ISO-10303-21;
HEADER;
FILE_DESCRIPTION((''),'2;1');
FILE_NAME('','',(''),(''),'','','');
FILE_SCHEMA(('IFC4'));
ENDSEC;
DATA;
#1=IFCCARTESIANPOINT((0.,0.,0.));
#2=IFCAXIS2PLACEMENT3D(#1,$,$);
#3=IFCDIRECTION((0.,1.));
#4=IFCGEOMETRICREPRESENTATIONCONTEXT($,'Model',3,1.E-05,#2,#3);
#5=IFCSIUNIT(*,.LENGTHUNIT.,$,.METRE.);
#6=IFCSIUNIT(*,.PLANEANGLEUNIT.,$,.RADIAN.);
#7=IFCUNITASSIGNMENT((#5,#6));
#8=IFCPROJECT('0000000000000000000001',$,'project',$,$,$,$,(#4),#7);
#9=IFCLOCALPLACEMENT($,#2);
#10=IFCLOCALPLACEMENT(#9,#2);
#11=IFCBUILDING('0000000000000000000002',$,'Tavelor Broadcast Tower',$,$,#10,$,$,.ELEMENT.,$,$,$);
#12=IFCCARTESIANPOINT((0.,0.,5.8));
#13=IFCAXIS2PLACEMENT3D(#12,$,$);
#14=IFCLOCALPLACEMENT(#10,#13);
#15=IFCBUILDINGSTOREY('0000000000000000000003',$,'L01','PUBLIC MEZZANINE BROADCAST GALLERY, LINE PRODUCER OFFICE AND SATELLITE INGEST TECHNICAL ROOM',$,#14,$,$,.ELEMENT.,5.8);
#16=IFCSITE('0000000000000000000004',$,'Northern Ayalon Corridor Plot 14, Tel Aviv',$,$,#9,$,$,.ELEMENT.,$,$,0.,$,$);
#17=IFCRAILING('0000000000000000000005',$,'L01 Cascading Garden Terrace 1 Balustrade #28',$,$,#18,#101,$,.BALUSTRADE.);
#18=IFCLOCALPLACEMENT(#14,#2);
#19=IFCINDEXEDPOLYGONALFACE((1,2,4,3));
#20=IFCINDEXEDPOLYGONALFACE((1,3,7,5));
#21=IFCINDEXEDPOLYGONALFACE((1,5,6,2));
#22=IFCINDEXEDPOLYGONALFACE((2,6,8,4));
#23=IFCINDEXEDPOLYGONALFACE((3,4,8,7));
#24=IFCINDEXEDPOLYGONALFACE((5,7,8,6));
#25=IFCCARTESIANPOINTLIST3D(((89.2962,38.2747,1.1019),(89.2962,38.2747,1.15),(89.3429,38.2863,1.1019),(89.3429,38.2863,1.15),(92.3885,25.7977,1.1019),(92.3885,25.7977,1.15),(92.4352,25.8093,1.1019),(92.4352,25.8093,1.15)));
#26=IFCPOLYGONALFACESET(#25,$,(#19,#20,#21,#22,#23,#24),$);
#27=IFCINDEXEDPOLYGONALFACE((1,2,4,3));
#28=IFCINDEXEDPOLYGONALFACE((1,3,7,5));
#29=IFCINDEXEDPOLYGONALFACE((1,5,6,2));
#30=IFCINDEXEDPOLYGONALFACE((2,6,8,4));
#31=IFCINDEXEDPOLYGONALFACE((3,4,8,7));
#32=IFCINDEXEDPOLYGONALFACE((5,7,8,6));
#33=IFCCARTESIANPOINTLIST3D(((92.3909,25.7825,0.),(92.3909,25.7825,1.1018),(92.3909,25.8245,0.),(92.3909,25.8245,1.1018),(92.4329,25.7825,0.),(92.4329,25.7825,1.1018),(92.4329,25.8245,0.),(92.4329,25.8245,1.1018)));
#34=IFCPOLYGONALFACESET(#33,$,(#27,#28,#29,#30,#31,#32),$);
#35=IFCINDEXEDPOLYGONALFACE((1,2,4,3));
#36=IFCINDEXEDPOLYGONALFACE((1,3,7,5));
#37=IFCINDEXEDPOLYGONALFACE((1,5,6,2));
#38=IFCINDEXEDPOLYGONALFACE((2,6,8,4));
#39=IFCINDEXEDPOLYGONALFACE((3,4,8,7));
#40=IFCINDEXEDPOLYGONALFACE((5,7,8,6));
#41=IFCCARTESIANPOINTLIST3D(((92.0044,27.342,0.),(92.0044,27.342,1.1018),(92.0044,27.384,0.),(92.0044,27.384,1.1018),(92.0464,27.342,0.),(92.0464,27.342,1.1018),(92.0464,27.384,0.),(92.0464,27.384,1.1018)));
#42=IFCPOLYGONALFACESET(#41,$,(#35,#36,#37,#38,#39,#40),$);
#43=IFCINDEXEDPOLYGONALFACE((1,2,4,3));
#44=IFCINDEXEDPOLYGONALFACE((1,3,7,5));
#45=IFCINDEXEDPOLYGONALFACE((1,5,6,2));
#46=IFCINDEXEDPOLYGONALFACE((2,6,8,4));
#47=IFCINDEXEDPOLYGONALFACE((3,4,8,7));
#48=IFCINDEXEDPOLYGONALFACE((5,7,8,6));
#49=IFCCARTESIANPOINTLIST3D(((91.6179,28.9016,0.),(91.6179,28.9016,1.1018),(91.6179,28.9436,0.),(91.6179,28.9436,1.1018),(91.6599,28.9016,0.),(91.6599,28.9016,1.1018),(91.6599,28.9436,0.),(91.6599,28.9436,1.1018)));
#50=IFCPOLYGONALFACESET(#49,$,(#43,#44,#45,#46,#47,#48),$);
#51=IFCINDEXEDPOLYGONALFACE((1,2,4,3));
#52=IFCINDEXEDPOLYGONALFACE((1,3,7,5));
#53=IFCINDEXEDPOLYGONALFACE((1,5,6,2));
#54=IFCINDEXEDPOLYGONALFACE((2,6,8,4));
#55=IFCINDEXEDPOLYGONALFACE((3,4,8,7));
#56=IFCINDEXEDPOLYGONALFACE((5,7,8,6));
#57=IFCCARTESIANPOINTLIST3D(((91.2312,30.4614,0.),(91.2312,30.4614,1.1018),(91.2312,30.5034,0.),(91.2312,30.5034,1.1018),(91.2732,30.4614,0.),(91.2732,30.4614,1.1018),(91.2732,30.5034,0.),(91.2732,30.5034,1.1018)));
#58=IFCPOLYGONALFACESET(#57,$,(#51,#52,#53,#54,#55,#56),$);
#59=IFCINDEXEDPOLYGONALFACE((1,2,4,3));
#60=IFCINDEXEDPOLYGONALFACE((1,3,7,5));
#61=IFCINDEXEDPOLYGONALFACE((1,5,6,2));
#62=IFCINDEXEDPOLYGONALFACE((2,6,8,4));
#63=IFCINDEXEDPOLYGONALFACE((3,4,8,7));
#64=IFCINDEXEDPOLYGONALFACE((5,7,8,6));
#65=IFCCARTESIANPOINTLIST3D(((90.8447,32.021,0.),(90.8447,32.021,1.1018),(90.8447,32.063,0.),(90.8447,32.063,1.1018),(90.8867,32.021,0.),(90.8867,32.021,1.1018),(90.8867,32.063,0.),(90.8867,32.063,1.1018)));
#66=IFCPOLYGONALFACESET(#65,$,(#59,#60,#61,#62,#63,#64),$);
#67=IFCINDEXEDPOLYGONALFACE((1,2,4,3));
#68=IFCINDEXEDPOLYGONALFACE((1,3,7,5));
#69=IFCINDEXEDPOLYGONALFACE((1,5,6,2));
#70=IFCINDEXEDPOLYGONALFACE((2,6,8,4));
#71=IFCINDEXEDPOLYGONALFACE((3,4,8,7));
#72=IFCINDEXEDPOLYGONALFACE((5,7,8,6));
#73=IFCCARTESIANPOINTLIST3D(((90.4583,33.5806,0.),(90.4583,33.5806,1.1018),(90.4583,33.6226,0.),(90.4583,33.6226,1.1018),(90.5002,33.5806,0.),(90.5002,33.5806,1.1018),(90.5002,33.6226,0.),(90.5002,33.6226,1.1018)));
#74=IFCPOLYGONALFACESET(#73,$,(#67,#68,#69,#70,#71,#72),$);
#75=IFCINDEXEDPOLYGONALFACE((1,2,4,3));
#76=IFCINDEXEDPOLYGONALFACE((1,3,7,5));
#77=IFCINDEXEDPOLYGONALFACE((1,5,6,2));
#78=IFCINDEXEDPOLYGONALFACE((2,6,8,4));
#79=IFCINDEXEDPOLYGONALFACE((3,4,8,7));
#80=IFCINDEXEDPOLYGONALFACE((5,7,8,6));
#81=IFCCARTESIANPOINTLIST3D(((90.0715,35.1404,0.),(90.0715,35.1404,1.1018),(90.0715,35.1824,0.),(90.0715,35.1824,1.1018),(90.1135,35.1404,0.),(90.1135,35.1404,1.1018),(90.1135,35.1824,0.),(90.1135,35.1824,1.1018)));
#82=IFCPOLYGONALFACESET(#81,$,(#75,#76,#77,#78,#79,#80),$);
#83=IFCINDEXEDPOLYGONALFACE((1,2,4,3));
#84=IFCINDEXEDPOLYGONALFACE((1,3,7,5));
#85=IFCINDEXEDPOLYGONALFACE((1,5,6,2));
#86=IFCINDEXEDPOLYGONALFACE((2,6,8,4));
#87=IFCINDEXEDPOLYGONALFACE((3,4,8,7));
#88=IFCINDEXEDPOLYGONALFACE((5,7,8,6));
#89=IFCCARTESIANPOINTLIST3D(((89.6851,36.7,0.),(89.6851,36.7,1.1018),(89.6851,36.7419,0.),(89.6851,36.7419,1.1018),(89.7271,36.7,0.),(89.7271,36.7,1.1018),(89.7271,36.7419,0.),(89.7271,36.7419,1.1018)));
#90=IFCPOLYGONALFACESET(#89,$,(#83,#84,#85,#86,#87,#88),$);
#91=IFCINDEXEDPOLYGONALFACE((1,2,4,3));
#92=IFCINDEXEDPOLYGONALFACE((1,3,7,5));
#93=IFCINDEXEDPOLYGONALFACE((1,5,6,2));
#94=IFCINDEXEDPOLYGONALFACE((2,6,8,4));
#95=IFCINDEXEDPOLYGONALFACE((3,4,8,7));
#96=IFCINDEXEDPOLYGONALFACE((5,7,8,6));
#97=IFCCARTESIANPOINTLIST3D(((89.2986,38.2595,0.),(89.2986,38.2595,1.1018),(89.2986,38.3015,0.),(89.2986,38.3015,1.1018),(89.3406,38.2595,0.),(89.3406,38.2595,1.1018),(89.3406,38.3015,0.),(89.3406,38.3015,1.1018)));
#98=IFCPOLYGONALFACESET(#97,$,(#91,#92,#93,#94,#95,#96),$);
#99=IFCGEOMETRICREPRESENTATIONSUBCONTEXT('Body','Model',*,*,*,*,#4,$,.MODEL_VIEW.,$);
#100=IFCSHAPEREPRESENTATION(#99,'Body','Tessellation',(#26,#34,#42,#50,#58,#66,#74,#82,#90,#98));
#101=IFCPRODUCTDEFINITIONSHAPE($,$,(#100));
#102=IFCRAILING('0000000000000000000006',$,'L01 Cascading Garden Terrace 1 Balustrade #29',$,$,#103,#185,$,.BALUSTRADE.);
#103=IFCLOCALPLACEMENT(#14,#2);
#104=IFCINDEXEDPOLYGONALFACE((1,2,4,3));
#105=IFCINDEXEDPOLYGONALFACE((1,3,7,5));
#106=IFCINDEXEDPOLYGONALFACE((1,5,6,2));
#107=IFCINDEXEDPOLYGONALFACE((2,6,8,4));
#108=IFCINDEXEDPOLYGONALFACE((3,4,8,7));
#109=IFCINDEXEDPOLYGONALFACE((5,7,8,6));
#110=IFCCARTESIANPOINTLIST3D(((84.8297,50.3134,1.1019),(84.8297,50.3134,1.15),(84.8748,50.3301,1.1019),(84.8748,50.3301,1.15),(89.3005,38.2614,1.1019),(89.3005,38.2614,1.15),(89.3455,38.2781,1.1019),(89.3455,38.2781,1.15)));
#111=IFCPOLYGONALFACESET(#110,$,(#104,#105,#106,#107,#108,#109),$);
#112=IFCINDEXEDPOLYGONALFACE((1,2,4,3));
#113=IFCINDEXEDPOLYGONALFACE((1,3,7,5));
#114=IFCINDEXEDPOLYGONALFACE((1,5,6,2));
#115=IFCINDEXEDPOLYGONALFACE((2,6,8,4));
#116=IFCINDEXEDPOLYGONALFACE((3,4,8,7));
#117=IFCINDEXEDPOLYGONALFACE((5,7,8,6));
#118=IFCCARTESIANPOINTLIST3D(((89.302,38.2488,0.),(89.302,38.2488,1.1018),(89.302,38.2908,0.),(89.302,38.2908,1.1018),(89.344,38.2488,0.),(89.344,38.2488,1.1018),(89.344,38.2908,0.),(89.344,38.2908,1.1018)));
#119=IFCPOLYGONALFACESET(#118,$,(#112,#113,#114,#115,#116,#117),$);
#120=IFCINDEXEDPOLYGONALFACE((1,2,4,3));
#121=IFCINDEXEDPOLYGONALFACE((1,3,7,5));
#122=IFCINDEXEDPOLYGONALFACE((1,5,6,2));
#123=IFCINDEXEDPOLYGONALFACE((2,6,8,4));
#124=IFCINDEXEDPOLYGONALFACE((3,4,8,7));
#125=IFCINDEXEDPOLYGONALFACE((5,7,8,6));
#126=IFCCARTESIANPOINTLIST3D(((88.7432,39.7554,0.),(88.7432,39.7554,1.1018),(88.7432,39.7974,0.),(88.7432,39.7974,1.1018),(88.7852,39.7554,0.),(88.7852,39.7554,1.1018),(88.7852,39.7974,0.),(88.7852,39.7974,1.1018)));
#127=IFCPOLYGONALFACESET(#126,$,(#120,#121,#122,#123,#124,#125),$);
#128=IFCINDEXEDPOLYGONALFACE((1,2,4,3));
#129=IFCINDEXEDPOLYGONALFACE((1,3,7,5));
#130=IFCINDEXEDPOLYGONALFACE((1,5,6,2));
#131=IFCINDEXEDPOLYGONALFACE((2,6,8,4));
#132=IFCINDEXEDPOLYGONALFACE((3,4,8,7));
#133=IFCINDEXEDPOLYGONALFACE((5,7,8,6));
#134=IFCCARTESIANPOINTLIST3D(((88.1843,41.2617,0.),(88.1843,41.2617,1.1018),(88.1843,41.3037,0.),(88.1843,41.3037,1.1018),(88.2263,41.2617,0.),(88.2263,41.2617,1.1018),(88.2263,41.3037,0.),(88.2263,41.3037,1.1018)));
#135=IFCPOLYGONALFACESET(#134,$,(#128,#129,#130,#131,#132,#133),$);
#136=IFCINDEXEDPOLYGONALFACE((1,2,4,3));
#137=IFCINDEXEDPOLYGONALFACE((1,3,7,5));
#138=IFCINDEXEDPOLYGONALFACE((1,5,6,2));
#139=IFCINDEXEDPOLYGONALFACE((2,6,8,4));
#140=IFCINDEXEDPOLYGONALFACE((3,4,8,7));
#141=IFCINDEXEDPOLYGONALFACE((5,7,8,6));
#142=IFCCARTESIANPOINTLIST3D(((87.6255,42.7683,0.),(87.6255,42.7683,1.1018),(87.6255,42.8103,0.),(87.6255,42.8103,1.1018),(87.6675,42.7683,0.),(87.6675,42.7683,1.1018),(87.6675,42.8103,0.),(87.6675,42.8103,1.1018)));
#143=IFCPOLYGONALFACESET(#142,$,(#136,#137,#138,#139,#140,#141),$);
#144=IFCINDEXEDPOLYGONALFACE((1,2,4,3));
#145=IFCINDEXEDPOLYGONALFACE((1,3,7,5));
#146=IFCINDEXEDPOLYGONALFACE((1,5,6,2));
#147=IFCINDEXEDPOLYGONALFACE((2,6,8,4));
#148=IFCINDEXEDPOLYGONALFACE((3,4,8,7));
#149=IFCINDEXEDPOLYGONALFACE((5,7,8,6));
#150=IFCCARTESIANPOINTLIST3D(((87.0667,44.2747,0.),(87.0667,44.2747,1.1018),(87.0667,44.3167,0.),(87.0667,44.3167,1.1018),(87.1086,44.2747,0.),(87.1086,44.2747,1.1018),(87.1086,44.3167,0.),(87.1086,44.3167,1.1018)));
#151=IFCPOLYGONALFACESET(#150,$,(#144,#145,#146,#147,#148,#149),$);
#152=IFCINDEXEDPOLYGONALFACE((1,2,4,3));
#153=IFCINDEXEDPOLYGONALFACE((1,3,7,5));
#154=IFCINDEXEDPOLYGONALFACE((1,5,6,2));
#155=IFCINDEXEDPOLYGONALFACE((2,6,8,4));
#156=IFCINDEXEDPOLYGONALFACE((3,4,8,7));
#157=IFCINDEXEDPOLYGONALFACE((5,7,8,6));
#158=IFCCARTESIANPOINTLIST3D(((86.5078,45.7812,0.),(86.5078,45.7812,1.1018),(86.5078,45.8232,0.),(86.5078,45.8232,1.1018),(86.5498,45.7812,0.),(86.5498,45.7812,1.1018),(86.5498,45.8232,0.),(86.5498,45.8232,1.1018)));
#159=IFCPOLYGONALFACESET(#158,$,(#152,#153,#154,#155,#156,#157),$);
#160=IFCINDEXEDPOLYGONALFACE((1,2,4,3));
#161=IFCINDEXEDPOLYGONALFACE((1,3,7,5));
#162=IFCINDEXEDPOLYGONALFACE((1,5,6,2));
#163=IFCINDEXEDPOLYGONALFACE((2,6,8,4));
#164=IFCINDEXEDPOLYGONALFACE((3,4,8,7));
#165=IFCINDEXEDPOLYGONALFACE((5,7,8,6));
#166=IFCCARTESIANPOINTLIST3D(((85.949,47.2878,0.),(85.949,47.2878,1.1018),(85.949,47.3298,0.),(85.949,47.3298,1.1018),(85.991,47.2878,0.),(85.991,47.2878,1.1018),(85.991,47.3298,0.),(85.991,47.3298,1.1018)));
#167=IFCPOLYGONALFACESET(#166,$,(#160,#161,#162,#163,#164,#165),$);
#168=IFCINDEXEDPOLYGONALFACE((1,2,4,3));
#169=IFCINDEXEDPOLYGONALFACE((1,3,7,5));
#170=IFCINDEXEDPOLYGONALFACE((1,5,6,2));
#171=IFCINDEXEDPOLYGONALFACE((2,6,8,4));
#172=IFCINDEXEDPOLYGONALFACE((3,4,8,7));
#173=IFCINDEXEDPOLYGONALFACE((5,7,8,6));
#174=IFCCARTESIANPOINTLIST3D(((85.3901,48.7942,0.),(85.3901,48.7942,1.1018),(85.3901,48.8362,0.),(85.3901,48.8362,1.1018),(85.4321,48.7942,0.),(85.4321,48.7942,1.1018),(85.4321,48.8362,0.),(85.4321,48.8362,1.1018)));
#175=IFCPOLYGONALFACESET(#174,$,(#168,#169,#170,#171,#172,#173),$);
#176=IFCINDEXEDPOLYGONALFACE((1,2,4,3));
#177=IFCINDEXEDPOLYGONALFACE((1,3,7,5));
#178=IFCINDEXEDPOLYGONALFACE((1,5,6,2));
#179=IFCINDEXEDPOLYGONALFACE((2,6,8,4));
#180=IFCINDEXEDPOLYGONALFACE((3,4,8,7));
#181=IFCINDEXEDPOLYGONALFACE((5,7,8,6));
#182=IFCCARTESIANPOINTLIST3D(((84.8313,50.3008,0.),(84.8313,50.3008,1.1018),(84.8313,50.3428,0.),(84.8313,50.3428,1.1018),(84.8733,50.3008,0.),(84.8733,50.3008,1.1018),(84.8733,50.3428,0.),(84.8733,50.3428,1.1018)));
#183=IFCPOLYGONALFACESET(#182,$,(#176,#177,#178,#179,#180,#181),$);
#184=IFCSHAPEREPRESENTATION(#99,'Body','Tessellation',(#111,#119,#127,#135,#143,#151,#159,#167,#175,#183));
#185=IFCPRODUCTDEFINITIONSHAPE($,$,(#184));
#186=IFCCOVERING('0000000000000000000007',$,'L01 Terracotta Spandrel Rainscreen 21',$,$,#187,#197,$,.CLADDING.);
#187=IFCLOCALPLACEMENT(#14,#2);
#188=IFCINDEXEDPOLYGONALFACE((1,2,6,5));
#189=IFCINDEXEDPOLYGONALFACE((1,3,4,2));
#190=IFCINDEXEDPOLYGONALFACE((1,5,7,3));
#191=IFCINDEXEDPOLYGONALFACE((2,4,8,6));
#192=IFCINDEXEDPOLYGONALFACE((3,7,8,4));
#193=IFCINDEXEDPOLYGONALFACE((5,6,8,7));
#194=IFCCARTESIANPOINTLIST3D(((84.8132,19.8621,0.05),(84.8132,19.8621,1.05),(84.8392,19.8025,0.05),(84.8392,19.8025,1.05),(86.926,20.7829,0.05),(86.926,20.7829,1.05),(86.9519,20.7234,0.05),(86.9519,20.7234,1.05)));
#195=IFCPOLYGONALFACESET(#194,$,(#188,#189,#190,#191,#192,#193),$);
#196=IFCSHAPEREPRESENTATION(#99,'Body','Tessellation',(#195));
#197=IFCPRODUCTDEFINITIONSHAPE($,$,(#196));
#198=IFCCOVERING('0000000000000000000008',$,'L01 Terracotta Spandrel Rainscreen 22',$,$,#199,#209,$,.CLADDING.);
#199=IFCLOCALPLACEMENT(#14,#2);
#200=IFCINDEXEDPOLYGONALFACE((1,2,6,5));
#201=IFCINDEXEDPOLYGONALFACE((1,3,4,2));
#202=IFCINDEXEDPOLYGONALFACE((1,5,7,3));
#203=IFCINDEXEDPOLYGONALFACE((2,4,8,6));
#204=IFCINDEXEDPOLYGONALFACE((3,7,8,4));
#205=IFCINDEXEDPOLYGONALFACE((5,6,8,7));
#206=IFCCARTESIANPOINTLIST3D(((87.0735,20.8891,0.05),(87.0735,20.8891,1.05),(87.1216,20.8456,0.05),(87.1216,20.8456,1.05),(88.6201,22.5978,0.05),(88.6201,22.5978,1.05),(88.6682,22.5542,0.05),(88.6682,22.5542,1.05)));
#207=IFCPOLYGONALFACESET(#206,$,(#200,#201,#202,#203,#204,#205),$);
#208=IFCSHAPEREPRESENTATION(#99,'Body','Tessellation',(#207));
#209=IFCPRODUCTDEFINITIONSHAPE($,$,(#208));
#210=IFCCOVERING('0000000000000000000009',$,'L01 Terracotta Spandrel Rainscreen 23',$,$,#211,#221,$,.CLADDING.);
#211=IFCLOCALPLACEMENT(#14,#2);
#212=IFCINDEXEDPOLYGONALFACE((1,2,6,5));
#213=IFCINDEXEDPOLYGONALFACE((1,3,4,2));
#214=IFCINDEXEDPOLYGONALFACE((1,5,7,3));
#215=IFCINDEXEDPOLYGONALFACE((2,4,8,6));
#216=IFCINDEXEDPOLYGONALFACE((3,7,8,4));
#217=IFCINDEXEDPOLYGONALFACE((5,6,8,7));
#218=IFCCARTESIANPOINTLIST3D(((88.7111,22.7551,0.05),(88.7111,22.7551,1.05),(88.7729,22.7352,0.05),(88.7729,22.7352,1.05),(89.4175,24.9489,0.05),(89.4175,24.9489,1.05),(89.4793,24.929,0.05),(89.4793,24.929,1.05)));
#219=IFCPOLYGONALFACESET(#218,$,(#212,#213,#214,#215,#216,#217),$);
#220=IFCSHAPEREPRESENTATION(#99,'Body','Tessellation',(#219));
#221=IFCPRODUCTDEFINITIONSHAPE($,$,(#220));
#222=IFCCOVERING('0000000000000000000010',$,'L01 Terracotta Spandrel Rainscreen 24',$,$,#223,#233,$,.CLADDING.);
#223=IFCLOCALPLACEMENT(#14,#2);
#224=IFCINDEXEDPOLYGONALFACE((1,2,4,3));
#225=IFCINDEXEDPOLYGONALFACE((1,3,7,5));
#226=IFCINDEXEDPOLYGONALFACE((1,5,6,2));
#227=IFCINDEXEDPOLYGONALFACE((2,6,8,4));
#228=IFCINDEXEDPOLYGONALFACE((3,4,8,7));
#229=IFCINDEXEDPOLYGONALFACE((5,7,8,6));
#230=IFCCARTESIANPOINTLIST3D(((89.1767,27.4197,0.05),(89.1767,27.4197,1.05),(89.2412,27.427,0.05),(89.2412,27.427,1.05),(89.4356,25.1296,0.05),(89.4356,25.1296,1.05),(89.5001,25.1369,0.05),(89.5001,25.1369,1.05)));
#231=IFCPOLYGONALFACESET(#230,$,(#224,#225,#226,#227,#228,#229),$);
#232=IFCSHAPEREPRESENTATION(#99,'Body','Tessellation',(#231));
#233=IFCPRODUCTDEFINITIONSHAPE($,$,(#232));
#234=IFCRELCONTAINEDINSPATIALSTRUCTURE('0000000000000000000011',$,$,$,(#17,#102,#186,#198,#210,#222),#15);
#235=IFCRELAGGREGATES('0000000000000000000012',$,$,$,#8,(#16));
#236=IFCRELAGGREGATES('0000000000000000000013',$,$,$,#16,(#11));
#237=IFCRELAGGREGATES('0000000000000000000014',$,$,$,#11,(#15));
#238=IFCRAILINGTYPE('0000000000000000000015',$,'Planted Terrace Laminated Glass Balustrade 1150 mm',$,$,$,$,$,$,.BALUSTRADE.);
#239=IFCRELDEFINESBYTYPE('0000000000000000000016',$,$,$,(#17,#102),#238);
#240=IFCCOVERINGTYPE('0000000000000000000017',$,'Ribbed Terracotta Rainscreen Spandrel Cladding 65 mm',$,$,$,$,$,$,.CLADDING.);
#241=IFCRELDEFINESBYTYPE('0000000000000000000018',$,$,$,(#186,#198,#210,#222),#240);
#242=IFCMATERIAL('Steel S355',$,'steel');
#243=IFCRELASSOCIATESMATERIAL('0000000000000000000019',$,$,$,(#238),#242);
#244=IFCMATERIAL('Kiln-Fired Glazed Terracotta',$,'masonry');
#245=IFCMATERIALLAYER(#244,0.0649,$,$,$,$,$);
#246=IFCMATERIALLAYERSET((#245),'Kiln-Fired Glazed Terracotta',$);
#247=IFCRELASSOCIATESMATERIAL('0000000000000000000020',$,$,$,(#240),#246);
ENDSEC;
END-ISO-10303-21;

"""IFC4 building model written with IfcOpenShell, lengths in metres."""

from ifc_helpers import new_model, si_unit, direction, frame, origin, origin_2d, place, context, subcontext, project, spatial, rectangle, extrude, material, layer, layer_set, type_object, element, save


model = new_model("IFC4")

# Units and contexts
model_context = context("Model", 3, precision=1e-05, world=origin(), true_north=direction((0.0, 1.0)))
body_context = subcontext(model_context, "Body", "Model", "MODEL_VIEW")
ifc_project = project(units=[si_unit("LENGTHUNIT", "METRE"), si_unit("PLANEANGLEUNIT", "RADIAN")], contexts=[model_context])

# Site, building, storey
site_placement = place(None, origin())
site = spatial("IfcSite", under=ifc_project, at=site_placement, Name="Northern Ayalon Corridor Plot 14, Tel Aviv", CompositionType="ELEMENT", RefElevation=0.0)
building_placement = place(site_placement, origin())
building = spatial("IfcBuilding", under=site, at=building_placement, Name="Tavelor Broadcast Tower", CompositionType="ELEMENT")
storey_placement = place(building_placement, frame((0.0, 0.0, 5.8)))
storey = spatial("IfcBuildingStorey", under=building, at=storey_placement, Name="L01", Description="PUBLIC MEZZANINE BROADCAST GALLERY, LINE PRODUCER OFFICE AND SATELLITE INGEST TECHNICAL ROOM", CompositionType="ELEMENT", Elevation=5.8)

# Railings
ifc_material_1 = material(Name="Steel S355", Category="steel")
railing_type = type_object("IfcRailingType", Name="Planted Terrace Laminated Glass Balustrade 1150 mm", PredefinedType="BALUSTRADE", material=ifc_material_1)
railing_1_placement = place(storey_placement, frame((92.4119, 25.8035, 0.0)))
element("IfcRailing", 1, at=railing_1_placement, inside=storey, type_object=railing_type, Name="L01 Cascading Garden Terrace 1 Balustrade #28", PredefinedType="BALUSTRADE", context=body_context, shape_type="SweptSolid", body=[
    extrude(rectangle(XDim=0.0481, YDim=0.0481, at=origin_2d()), frame((0.0, 0.0, 1.126), z_axis=(-0.24056, 0.970634, 0.0), x_axis=(-0.970634, -0.24056, 0.0)), (0.0, 0.0, 1.0), 12.8545),
    extrude(rectangle(XDim=0.042, YDim=0.042, at=origin_2d()), origin(), (0.0, 0.0, 1.0), 1.1018),
    extrude(rectangle(XDim=0.042, YDim=0.042, at=origin_2d()), frame((-0.3865, 1.5596, 0.0)), (0.0, 0.0, 1.0), 1.1018),
    extrude(rectangle(XDim=0.042, YDim=0.042, at=origin_2d()), frame((-0.7729, 3.1191, 0.0)), (0.0, 0.0, 1.0), 1.1018),
    extrude(rectangle(XDim=0.042, YDim=0.042, at=origin_2d()), frame((-1.1597, 4.679, 0.0)), (0.0, 0.0, 1.0), 1.1018),
    extrude(rectangle(XDim=0.042, YDim=0.042, at=origin_2d()), frame((-1.5461, 6.2385, 0.0)), (0.0, 0.0, 1.0), 1.1018),
    extrude(rectangle(XDim=0.042, YDim=0.042, at=origin_2d()), frame((-1.9326, 7.7981, 0.0)), (0.0, 0.0, 1.0), 1.1018),
    extrude(rectangle(XDim=0.042, YDim=0.042, at=origin_2d()), frame((-2.3193, 9.3579, 0.0)), (0.0, 0.0, 1.0), 1.1018),
    extrude(rectangle(XDim=0.042, YDim=0.042, at=origin_2d()), frame((-2.7058, 10.9175, 0.0)), (0.0, 0.0, 1.0), 1.1018),
    extrude(rectangle(XDim=0.042, YDim=0.042, at=origin_2d()), frame((-3.0923, 12.4771, 0.0)), (0.0, 0.0, 1.0), 1.1018),
])
railing_2_placement = place(storey_placement, frame((89.323, 38.2698, 0.0)))
element("IfcRailing", 2, at=railing_2_placement, inside=storey, type_object=railing_type, Name="L01 Cascading Garden Terrace 1 Balustrade #29", PredefinedType="BALUSTRADE", context=body_context, shape_type="SweptSolid", body=[
    extrude(rectangle(XDim=0.0481, YDim=0.0481, at=origin_2d()), frame((0.0, 0.0, 1.126), z_axis=(-0.347793, 0.937571, 0.0), x_axis=(-0.937571, -0.347793, 0.0)), (0.0, 0.0, 1.0), 12.8545),
    extrude(rectangle(XDim=0.042, YDim=0.042, at=origin_2d()), origin(), (0.0, 0.0, 1.0), 1.1018),
    extrude(rectangle(XDim=0.042, YDim=0.042, at=origin_2d()), frame((-0.5588, 1.5066, 0.0)), (0.0, 0.0, 1.0), 1.1018),
    extrude(rectangle(XDim=0.042, YDim=0.042, at=origin_2d()), frame((-1.1177, 3.0129, 0.0)), (0.0, 0.0, 1.0), 1.1018),
    extrude(rectangle(XDim=0.042, YDim=0.042, at=origin_2d()), frame((-1.6765, 4.5195, 0.0)), (0.0, 0.0, 1.0), 1.1018),
    extrude(rectangle(XDim=0.042, YDim=0.042, at=origin_2d()), frame((-2.2354, 6.0259, 0.0)), (0.0, 0.0, 1.0), 1.1018),
    extrude(rectangle(XDim=0.042, YDim=0.042, at=origin_2d()), frame((-2.7942, 7.5325, 0.0)), (0.0, 0.0, 1.0), 1.1018),
    extrude(rectangle(XDim=0.042, YDim=0.042, at=origin_2d()), frame((-3.353, 9.0391, 0.0)), (0.0, 0.0, 1.0), 1.1018),
    extrude(rectangle(XDim=0.042, YDim=0.042, at=origin_2d()), frame((-3.9119, 10.5454, 0.0)), (0.0, 0.0, 1.0), 1.1018),
    extrude(rectangle(XDim=0.042, YDim=0.042, at=origin_2d()), frame((-4.4707, 12.052, 0.0)), (0.0, 0.0, 1.0), 1.1018),
])

# Coverings
ifc_material_2 = material(Name="Kiln-Fired Glazed Terracotta", Category="masonry")
ifc_layer_1 = layer(ifc_material_2, 0.0649)
ifc_layer_set_1 = layer_set([ifc_layer_1], Name="Kiln-Fired Glazed Terracotta")
covering_type = type_object("IfcCoveringType", Name="Ribbed Terracotta Rainscreen Spandrel Cladding 65 mm", PredefinedType="CLADDING", material=ifc_layer_set_1)
for number, where, z_axis, x_axis, name in (
    (3, (85.8826, 20.2927, 0.05), (0.0, 0.0, 1.0), (0.916712, 0.399549, 0.0), "L01 Terracotta Spandrel Rainscreen 21"),
    (4, (87.8708, 21.7217, 0.05), (0.0, 0.0, 1.0), (0.671074, 0.741391, 0.0), "L01 Terracotta Spandrel Rainscreen 22"),
    (5, (89.0952, 23.842, 0.05), (0.0, 0.0, 1.0), (0.306526, 0.951862, 0.0), "L01 Terracotta Spandrel Rainscreen 23"),
    (6, (89.3384, 26.2783, 0.05), (0.0, 0.0, 1.0), (-0.112336, 0.99367, 0.0), "L01 Terracotta Spandrel Rainscreen 24"),
):
    element("IfcCovering", number, at=place(storey_placement, frame(where, z_axis=z_axis, x_axis=x_axis)), inside=storey, type_object=covering_type, Name=name, PredefinedType="CLADDING", context=body_context, shape_type="SweptSolid", body=[
        extrude(rectangle(XDim=2.3047, YDim=0.0649, at=origin_2d()), origin(), (0.0, 0.0, 1.0), 1.0),
    ])

save(model, "model.ifc")
